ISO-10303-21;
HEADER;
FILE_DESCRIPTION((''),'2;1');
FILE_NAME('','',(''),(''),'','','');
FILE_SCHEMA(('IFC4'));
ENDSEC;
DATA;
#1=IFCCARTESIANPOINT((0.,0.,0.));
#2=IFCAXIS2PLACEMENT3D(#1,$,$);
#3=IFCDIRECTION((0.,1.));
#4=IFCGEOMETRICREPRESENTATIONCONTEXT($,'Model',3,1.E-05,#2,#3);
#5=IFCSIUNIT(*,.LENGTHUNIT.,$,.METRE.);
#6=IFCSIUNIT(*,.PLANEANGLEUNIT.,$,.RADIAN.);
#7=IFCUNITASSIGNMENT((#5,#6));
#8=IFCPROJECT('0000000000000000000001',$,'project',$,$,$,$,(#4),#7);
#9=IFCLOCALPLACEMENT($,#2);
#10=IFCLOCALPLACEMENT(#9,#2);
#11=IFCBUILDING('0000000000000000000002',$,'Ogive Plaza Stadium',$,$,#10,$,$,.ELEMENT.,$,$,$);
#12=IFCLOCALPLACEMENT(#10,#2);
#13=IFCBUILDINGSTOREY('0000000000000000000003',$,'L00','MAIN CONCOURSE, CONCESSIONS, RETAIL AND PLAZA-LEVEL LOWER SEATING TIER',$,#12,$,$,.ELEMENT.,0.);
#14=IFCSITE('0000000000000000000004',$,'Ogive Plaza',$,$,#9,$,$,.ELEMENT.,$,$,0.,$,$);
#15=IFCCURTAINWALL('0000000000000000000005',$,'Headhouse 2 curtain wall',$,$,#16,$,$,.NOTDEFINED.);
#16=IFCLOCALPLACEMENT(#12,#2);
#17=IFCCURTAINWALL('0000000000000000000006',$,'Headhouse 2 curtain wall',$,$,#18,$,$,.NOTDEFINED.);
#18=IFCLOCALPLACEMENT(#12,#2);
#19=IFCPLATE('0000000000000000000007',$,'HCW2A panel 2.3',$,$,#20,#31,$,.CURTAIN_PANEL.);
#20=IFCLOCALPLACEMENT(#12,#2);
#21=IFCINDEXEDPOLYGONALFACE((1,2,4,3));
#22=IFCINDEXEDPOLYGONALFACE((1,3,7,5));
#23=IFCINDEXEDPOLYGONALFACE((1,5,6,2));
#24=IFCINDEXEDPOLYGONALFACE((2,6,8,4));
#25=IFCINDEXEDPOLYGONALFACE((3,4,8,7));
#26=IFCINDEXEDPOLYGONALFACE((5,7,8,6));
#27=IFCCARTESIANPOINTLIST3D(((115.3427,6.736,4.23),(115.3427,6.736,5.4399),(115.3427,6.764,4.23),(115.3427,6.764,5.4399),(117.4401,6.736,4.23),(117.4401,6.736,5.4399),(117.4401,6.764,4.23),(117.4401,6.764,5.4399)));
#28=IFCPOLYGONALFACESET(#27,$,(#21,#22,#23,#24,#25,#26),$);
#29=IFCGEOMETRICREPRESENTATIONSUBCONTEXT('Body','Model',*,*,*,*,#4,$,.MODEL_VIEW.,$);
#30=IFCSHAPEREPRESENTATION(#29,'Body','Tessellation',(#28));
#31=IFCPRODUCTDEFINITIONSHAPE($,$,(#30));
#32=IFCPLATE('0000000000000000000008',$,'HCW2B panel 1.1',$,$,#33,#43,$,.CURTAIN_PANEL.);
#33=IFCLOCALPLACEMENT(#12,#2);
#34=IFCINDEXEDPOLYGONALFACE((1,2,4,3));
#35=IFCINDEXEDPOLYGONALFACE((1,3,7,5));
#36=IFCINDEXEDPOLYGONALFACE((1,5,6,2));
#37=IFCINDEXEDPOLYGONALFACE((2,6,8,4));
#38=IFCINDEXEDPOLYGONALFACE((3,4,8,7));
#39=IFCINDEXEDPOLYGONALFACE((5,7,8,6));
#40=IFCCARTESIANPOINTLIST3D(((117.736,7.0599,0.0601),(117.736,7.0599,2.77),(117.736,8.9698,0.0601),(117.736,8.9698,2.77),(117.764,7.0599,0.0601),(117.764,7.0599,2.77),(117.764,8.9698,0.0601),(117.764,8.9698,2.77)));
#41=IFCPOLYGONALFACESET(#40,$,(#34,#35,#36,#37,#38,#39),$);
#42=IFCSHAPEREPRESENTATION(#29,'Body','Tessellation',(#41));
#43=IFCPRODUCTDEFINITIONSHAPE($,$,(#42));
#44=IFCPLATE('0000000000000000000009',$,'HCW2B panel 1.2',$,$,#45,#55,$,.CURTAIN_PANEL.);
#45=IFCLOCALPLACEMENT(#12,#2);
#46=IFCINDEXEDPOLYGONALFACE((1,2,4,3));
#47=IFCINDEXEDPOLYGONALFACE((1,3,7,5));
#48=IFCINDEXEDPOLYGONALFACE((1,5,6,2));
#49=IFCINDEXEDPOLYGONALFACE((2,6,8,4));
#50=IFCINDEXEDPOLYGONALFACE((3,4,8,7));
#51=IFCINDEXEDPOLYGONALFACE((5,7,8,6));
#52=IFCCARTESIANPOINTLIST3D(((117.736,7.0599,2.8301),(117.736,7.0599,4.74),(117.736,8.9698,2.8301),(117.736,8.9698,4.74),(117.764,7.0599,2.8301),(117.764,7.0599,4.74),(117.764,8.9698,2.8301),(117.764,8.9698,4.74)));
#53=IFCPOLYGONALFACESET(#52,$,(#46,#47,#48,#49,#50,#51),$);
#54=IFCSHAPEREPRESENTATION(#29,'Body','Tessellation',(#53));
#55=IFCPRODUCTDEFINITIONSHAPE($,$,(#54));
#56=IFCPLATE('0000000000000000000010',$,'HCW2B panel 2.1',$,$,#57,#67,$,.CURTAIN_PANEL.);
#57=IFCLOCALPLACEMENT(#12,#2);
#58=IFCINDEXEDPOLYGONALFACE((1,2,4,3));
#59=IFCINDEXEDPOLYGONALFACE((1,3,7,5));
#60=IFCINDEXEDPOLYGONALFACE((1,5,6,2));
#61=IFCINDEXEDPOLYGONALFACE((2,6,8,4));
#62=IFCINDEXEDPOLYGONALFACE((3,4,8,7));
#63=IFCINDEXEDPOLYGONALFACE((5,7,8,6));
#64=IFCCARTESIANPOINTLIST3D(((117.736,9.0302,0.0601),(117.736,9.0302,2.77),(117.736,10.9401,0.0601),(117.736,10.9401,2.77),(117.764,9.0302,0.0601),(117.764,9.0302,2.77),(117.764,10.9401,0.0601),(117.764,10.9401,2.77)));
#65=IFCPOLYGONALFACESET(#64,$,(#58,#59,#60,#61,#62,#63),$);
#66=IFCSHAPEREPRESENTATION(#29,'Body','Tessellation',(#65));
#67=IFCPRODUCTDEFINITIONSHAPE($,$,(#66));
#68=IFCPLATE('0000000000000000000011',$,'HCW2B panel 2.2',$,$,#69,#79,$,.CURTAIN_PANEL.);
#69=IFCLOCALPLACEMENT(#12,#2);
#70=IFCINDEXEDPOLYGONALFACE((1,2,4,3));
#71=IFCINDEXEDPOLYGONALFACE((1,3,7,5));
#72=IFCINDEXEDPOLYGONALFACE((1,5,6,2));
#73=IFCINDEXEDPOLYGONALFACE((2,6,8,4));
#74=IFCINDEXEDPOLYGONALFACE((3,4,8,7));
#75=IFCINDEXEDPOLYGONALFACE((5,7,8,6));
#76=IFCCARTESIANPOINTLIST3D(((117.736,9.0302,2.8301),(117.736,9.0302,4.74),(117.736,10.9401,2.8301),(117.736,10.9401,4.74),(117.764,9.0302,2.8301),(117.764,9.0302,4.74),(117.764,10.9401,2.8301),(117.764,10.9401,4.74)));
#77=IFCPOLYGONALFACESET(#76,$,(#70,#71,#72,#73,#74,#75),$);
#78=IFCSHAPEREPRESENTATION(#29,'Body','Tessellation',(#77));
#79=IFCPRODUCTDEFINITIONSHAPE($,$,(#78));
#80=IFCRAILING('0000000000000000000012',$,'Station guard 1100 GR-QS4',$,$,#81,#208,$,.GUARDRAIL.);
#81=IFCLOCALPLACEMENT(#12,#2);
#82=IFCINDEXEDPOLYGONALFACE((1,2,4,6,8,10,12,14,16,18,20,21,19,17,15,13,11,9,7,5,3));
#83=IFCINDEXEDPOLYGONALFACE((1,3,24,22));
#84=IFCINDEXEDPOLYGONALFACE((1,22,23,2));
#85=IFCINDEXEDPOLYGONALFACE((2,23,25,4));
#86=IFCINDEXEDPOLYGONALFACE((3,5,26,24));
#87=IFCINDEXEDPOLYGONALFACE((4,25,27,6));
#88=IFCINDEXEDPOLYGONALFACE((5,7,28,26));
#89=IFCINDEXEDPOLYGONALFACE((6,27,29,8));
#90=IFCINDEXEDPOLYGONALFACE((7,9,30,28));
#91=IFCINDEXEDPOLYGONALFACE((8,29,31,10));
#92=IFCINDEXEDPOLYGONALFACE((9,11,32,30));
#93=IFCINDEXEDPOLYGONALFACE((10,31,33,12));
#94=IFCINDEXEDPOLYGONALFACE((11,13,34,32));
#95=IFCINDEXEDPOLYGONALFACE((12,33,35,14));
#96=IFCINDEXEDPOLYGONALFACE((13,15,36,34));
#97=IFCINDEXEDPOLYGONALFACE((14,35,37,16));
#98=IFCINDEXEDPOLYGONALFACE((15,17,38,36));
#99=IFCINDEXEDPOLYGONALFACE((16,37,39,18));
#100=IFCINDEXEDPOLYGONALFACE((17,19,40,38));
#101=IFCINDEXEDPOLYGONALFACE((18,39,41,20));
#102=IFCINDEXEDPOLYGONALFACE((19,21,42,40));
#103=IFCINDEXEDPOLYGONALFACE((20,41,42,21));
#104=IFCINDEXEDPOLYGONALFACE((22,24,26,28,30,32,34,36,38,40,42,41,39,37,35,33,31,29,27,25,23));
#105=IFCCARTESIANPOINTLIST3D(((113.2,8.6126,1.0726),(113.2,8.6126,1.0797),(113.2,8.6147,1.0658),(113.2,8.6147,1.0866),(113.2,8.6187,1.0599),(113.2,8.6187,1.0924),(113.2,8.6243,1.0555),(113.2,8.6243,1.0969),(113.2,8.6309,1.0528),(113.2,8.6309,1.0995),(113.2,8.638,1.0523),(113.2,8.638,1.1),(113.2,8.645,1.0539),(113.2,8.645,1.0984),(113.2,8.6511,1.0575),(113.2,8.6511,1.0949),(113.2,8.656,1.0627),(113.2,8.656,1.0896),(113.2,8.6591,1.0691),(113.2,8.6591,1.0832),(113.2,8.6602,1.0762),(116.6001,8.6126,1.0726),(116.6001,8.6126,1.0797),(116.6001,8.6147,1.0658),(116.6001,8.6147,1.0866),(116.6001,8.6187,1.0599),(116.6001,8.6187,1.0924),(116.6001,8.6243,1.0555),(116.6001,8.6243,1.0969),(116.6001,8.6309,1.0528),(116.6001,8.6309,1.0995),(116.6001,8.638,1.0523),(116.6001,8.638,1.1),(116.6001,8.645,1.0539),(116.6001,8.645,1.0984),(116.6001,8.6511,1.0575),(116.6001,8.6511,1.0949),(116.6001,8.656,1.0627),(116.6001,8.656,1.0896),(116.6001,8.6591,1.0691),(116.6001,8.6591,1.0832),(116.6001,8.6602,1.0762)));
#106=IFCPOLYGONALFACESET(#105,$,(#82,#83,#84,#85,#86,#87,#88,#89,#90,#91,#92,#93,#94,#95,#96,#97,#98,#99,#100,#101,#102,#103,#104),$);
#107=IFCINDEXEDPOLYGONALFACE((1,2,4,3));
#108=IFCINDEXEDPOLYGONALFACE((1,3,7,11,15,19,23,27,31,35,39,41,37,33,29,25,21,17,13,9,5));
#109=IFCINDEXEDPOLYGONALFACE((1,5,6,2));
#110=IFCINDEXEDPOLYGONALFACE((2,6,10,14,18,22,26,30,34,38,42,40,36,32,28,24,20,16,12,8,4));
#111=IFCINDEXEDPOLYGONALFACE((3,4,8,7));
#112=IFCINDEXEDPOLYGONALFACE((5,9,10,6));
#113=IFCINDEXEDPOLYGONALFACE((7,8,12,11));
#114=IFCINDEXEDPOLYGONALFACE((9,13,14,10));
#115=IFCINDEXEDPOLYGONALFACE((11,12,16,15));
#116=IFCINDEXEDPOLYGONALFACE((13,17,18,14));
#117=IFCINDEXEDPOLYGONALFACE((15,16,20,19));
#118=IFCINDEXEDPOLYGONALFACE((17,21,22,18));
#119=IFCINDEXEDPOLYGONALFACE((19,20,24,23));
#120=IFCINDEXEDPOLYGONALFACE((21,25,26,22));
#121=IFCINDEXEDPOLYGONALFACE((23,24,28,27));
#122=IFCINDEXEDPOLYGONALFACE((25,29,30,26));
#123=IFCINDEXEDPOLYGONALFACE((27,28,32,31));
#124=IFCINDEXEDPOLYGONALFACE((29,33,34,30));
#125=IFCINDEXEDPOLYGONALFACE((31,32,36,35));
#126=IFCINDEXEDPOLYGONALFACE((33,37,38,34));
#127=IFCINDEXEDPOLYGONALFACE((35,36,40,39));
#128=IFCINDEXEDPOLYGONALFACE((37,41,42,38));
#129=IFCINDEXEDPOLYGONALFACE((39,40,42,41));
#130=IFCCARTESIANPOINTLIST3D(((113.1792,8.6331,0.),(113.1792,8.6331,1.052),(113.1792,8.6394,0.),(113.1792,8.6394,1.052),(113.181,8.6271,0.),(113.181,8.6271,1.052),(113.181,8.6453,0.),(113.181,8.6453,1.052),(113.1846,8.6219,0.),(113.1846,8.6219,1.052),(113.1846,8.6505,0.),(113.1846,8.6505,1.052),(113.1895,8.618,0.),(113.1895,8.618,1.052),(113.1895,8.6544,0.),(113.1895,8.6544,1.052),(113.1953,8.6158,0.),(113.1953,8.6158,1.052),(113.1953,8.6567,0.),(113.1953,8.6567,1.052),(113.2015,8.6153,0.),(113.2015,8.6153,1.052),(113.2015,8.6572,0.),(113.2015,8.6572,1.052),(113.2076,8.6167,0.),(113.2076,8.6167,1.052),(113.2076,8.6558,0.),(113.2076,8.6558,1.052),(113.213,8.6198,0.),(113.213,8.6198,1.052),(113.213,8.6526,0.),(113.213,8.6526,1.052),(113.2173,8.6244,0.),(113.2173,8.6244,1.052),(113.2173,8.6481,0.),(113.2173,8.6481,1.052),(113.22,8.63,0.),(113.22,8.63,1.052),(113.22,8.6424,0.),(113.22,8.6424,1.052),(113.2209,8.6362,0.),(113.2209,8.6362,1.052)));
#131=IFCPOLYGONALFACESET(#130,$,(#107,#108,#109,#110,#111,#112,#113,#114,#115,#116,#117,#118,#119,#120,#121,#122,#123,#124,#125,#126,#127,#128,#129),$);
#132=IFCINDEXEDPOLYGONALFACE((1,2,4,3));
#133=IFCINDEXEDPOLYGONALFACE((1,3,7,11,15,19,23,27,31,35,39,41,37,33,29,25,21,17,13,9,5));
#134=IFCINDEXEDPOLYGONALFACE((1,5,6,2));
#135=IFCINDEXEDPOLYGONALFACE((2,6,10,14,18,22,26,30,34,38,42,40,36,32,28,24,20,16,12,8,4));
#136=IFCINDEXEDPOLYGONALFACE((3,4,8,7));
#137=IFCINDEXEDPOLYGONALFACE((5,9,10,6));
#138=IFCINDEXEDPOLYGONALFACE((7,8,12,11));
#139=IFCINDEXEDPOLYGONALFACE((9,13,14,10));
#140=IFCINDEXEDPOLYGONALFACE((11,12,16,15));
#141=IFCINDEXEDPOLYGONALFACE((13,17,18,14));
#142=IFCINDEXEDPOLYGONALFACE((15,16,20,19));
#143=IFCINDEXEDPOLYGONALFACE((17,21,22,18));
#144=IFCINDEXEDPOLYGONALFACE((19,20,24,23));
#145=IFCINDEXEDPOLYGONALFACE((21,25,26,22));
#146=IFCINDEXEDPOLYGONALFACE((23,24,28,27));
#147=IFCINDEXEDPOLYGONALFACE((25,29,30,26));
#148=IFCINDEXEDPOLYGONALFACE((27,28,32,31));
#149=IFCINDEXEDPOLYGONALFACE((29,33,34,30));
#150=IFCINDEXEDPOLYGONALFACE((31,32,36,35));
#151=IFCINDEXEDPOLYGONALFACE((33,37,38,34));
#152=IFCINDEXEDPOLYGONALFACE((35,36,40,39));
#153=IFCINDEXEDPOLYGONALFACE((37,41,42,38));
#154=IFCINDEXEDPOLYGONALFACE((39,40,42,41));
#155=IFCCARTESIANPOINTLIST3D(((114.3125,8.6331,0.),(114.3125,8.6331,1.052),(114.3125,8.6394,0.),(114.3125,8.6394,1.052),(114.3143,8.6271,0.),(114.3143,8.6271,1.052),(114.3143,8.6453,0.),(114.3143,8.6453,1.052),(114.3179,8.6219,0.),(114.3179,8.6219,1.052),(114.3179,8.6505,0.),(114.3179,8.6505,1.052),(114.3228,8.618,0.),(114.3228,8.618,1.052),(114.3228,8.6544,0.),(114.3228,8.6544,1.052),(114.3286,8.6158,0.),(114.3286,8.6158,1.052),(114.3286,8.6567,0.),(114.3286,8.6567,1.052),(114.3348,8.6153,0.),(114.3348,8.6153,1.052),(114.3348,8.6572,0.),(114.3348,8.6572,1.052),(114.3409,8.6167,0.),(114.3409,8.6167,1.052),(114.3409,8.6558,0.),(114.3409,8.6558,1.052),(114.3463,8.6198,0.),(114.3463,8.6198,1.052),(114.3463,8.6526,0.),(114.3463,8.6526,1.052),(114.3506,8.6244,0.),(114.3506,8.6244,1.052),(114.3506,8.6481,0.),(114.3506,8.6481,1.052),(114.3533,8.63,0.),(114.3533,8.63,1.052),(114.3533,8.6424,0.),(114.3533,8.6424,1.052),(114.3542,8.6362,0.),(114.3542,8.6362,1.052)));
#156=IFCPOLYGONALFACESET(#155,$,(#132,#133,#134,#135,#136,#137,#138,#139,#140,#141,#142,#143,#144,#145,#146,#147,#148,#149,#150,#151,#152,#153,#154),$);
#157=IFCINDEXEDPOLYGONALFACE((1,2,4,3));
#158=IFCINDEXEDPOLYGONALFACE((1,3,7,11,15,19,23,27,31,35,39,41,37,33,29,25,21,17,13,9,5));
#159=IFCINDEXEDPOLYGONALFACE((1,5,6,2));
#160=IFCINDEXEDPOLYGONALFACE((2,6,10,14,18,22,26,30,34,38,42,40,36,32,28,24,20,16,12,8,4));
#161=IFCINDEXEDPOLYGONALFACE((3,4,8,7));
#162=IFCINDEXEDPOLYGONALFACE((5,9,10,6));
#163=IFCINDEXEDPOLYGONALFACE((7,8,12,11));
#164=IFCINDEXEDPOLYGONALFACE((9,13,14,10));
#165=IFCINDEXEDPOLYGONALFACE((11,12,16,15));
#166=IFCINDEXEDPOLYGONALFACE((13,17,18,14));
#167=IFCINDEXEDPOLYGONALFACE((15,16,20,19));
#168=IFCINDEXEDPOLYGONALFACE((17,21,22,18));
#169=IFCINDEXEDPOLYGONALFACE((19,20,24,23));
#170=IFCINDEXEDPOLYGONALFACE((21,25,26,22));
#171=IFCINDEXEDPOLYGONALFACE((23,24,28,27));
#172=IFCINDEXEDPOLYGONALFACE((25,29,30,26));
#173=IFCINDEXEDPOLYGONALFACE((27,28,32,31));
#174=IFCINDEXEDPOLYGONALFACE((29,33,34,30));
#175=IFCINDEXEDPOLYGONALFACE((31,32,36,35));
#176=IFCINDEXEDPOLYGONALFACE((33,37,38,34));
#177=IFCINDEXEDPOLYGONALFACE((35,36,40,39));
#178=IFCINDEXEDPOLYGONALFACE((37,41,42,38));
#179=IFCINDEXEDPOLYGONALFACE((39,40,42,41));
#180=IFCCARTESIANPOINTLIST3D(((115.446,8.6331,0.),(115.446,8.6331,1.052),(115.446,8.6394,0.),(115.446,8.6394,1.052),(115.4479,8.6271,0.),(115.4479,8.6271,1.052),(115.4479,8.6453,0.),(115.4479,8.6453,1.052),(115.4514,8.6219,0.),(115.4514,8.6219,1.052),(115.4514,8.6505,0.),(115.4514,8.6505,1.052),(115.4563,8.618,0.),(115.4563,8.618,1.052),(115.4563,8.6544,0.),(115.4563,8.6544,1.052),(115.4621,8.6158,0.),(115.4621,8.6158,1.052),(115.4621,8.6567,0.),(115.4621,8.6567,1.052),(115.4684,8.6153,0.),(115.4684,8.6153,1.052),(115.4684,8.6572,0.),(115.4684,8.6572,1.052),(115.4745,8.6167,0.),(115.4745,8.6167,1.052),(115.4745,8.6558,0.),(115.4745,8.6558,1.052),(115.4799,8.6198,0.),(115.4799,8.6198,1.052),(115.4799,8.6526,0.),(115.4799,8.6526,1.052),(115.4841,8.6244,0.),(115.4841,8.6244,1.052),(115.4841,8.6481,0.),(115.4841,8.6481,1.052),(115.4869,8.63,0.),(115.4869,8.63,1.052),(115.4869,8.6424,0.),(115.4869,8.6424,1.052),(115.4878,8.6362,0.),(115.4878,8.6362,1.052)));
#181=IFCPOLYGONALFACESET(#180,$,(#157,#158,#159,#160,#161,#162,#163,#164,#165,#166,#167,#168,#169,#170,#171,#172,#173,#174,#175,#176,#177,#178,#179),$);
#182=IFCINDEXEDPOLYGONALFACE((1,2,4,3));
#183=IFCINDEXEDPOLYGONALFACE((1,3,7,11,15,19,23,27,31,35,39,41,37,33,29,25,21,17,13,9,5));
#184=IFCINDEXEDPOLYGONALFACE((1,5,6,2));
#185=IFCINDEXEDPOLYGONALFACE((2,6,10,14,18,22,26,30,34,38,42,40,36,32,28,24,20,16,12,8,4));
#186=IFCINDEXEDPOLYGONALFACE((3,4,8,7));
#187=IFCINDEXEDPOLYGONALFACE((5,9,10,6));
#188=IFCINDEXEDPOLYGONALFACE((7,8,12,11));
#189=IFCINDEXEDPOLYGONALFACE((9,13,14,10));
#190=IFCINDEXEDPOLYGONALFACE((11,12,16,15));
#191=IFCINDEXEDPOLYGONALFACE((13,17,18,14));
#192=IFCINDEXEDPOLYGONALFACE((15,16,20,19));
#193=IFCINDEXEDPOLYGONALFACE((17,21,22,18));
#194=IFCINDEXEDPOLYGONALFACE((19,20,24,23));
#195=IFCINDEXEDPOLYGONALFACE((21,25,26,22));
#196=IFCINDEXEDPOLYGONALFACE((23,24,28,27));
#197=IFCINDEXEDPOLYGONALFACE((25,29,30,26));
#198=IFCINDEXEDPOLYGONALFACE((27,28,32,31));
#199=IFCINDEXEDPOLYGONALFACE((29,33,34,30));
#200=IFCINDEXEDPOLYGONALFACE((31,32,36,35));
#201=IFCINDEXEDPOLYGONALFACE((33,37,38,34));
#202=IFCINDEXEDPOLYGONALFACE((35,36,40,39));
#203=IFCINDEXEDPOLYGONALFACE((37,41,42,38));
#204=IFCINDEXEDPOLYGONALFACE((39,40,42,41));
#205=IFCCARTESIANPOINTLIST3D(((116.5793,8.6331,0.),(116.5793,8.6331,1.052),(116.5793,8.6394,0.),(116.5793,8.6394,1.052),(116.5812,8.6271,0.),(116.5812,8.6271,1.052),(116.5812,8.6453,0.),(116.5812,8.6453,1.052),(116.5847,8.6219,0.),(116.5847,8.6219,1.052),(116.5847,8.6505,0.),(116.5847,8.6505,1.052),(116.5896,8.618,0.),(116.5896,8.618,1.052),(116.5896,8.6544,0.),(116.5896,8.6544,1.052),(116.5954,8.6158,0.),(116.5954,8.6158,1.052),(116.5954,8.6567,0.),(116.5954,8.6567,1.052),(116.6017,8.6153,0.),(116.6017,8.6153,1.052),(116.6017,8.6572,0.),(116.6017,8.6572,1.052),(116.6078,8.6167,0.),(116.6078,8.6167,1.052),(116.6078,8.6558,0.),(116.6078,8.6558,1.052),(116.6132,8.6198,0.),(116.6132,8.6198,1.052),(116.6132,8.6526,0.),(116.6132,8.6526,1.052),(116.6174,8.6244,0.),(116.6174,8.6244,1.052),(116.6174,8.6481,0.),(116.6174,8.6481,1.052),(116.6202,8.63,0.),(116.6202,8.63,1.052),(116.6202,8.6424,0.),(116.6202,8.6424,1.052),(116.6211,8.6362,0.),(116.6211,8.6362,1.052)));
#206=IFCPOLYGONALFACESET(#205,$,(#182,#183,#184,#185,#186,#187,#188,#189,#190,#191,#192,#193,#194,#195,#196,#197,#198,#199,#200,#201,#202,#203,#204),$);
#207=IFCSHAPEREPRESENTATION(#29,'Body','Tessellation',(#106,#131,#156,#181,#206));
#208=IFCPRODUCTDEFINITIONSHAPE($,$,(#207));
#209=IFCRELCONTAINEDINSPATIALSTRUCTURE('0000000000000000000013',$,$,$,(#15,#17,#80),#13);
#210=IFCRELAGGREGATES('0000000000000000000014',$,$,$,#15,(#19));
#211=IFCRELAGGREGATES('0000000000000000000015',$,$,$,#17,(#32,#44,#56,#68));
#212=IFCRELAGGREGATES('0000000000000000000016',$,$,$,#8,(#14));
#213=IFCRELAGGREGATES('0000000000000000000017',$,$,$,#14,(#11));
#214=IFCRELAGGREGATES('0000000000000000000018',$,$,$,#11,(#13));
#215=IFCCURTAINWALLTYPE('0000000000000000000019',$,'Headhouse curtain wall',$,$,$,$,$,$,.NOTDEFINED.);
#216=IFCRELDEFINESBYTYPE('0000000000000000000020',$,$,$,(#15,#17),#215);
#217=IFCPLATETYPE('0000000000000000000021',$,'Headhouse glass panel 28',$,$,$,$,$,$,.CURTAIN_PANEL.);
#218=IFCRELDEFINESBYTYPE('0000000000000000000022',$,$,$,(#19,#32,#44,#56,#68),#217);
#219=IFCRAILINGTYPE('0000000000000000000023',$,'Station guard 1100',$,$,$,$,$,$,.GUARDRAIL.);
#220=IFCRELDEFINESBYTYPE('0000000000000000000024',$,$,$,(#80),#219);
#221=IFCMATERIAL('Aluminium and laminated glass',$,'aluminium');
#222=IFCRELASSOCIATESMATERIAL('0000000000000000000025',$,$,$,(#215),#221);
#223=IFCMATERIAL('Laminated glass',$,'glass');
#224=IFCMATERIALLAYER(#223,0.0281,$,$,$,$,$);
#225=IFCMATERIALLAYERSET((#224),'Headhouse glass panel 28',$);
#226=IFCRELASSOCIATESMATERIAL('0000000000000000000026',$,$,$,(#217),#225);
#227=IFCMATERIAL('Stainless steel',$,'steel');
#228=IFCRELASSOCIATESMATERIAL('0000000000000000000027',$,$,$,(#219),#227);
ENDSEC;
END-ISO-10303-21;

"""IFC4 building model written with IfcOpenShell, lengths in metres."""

from ifc_helpers import new_model, si_unit, direction, frame, origin, origin_2d, place, context, subcontext, project, spatial, rectangle, circle, extrude, material, layer, layer_set, type_object, element, aggregate, save


model = new_model("IFC4")

# Units and contexts
model_context = context("Model", 3, precision=1e-05, world=origin(), true_north=direction((0.0, 1.0)))
body_context = subcontext(model_context, "Body", "Model", "MODEL_VIEW")
ifc_project = project(units=[si_unit("LENGTHUNIT", "METRE"), si_unit("PLANEANGLEUNIT", "RADIAN")], contexts=[model_context])

# Site, building, storey
site_placement = place(None, origin())
site = spatial("IfcSite", under=ifc_project, at=site_placement, Name="Ogive Plaza", CompositionType="ELEMENT", RefElevation=0.0)
building_placement = place(site_placement, origin())
building = spatial("IfcBuilding", under=site, at=building_placement, Name="Ogive Plaza Stadium", CompositionType="ELEMENT")
storey_placement = place(building_placement, origin())
storey = spatial("IfcBuildingStorey", under=building, at=storey_placement, Name="L00", Description="MAIN CONCOURSE, CONCESSIONS, RETAIL AND PLAZA-LEVEL LOWER SEATING TIER", CompositionType="ELEMENT", Elevation=0.0)

# Shared definitions
ifc_material_1 = material(Name="Aluminium and laminated glass", Category="aluminium")
curtain_wall_type = type_object("IfcCurtainWallType", Name="Headhouse curtain wall", PredefinedType="NOTDEFINED", material=ifc_material_1)

# Curtain walls
curtain_wall_1_placement = place(storey_placement, origin())
curtain_wall_1 = element("IfcCurtainWall", 1, at=curtain_wall_1_placement, inside=storey, type_object=curtain_wall_type, Name="Headhouse 2 curtain wall", PredefinedType="NOTDEFINED")
curtain_wall_2_placement = place(storey_placement, origin())
curtain_wall_2 = element("IfcCurtainWall", 2, at=curtain_wall_2_placement, inside=storey, type_object=curtain_wall_type, Name="Headhouse 2 curtain wall", PredefinedType="NOTDEFINED")

# Plates
ifc_material_2 = material(Name="Laminated glass", Category="glass")
ifc_layer = layer(ifc_material_2, 0.0281)
ifc_layer_set = layer_set([ifc_layer], Name="Headhouse glass panel 28")
plate_type = type_object("IfcPlateType", Name="Headhouse glass panel 28", PredefinedType="CURTAIN_PANEL", material=ifc_layer_set)
plate_1_placement = place(storey_placement, frame((116.3914, 6.75, 4.23), z_axis=(0.0, 0.0, 1.0), x_axis=(1.0, 0.0, 0.0)))
plate_1 = element("IfcPlate", 3, at=plate_1_placement, type_object=plate_type, Name="HCW2A panel 2.3", PredefinedType="CURTAIN_PANEL", context=body_context, shape_type="SweptSolid", body=[
    extrude(rectangle(XDim=2.0974, YDim=0.0281, at=origin_2d()), origin(), (0.0, 0.0, 1.0), 1.21),
])
aggregate(curtain_wall_1, [plate_1])
plate_2_placement = place(storey_placement, frame((117.75, 8.0149, 0.0601), z_axis=(0.0, 0.0, 1.0), x_axis=(0.0, 1.0, 0.0)))
plate_2 = element("IfcPlate", 4, at=plate_2_placement, type_object=plate_type, Name="HCW2B panel 1.1", PredefinedType="CURTAIN_PANEL", context=body_context, shape_type="SweptSolid", body=[
    extrude(rectangle(XDim=1.9099, YDim=0.0281, at=origin_2d()), origin(), (0.0, 0.0, 1.0), 2.71),
])
plate_3_placement = place(storey_placement, frame((117.75, 8.0149, 2.8301), z_axis=(0.0, 0.0, 1.0), x_axis=(0.0, 1.0, 0.0)))
plate_3 = element("IfcPlate", 5, at=plate_3_placement, type_object=plate_type, Name="HCW2B panel 1.2", PredefinedType="CURTAIN_PANEL", context=body_context, shape_type="SweptSolid", body=[
    extrude(rectangle(XDim=1.9099, YDim=0.0281, at=origin_2d()), origin(), (0.0, 0.0, 1.0), 1.9099),
])
plate_4_placement = place(storey_placement, frame((117.75, 9.9851, 0.0601), z_axis=(0.0, 0.0, 1.0), x_axis=(0.0, 1.0, 0.0)))
plate_4 = element("IfcPlate", 6, at=plate_4_placement, type_object=plate_type, Name="HCW2B panel 2.1", PredefinedType="CURTAIN_PANEL", context=body_context, shape_type="SweptSolid", body=[
    extrude(rectangle(XDim=1.9099, YDim=0.0281, at=origin_2d()), origin(), (0.0, 0.0, 1.0), 2.71),
])
plate_5_placement = place(storey_placement, frame((117.75, 9.9851, 2.8301), z_axis=(0.0, 0.0, 1.0), x_axis=(0.0, 1.0, 0.0)))
plate_5 = element("IfcPlate", 7, at=plate_5_placement, type_object=plate_type, Name="HCW2B panel 2.2", PredefinedType="CURTAIN_PANEL", context=body_context, shape_type="SweptSolid", body=[
    extrude(rectangle(XDim=1.9099, YDim=0.0281, at=origin_2d()), origin(), (0.0, 0.0, 1.0), 1.9099),
])
aggregate(curtain_wall_2, [plate_2, plate_3, plate_4, plate_5])

# Railing
ifc_material_3 = material(Name="Stainless steel", Category="steel")
railing_type = type_object("IfcRailingType", Name="Station guard 1100", PredefinedType="GUARDRAIL", material=ifc_material_3)
railing_placement = place(storey_placement, frame((113.2, 8.6362, 0.0)))
element("IfcRailing", 8, at=railing_placement, inside=storey, type_object=railing_type, Name="Station guard 1100 GR-QS4", PredefinedType="GUARDRAIL", context=body_context, shape_type="SweptSolid", body=[
    extrude(circle(Radius=0.0239, at=origin_2d()), frame((0.0, 0.0, 1.0762), z_axis=(1.0, 0.0, 0.0), x_axis=(0.0, 1.0, 0.0)), (0.0, 0.0, 1.0), 3.4001),
    extrude(circle(Radius=0.021, at=origin_2d()), origin(), (0.0, 0.0, 1.0), 1.052),
    extrude(circle(Radius=0.021, at=origin_2d()), frame((1.1333, 0.0, 0.0)), (0.0, 0.0, 1.0), 1.052),
    extrude(circle(Radius=0.021, at=origin_2d()), frame((2.2668, 0.0, 0.0)), (0.0, 0.0, 1.0), 1.052),
    extrude(circle(Radius=0.021, at=origin_2d()), frame((3.4001, 0.0, 0.0)), (0.0, 0.0, 1.0), 1.052),
])

save(model, "model.ifc")
